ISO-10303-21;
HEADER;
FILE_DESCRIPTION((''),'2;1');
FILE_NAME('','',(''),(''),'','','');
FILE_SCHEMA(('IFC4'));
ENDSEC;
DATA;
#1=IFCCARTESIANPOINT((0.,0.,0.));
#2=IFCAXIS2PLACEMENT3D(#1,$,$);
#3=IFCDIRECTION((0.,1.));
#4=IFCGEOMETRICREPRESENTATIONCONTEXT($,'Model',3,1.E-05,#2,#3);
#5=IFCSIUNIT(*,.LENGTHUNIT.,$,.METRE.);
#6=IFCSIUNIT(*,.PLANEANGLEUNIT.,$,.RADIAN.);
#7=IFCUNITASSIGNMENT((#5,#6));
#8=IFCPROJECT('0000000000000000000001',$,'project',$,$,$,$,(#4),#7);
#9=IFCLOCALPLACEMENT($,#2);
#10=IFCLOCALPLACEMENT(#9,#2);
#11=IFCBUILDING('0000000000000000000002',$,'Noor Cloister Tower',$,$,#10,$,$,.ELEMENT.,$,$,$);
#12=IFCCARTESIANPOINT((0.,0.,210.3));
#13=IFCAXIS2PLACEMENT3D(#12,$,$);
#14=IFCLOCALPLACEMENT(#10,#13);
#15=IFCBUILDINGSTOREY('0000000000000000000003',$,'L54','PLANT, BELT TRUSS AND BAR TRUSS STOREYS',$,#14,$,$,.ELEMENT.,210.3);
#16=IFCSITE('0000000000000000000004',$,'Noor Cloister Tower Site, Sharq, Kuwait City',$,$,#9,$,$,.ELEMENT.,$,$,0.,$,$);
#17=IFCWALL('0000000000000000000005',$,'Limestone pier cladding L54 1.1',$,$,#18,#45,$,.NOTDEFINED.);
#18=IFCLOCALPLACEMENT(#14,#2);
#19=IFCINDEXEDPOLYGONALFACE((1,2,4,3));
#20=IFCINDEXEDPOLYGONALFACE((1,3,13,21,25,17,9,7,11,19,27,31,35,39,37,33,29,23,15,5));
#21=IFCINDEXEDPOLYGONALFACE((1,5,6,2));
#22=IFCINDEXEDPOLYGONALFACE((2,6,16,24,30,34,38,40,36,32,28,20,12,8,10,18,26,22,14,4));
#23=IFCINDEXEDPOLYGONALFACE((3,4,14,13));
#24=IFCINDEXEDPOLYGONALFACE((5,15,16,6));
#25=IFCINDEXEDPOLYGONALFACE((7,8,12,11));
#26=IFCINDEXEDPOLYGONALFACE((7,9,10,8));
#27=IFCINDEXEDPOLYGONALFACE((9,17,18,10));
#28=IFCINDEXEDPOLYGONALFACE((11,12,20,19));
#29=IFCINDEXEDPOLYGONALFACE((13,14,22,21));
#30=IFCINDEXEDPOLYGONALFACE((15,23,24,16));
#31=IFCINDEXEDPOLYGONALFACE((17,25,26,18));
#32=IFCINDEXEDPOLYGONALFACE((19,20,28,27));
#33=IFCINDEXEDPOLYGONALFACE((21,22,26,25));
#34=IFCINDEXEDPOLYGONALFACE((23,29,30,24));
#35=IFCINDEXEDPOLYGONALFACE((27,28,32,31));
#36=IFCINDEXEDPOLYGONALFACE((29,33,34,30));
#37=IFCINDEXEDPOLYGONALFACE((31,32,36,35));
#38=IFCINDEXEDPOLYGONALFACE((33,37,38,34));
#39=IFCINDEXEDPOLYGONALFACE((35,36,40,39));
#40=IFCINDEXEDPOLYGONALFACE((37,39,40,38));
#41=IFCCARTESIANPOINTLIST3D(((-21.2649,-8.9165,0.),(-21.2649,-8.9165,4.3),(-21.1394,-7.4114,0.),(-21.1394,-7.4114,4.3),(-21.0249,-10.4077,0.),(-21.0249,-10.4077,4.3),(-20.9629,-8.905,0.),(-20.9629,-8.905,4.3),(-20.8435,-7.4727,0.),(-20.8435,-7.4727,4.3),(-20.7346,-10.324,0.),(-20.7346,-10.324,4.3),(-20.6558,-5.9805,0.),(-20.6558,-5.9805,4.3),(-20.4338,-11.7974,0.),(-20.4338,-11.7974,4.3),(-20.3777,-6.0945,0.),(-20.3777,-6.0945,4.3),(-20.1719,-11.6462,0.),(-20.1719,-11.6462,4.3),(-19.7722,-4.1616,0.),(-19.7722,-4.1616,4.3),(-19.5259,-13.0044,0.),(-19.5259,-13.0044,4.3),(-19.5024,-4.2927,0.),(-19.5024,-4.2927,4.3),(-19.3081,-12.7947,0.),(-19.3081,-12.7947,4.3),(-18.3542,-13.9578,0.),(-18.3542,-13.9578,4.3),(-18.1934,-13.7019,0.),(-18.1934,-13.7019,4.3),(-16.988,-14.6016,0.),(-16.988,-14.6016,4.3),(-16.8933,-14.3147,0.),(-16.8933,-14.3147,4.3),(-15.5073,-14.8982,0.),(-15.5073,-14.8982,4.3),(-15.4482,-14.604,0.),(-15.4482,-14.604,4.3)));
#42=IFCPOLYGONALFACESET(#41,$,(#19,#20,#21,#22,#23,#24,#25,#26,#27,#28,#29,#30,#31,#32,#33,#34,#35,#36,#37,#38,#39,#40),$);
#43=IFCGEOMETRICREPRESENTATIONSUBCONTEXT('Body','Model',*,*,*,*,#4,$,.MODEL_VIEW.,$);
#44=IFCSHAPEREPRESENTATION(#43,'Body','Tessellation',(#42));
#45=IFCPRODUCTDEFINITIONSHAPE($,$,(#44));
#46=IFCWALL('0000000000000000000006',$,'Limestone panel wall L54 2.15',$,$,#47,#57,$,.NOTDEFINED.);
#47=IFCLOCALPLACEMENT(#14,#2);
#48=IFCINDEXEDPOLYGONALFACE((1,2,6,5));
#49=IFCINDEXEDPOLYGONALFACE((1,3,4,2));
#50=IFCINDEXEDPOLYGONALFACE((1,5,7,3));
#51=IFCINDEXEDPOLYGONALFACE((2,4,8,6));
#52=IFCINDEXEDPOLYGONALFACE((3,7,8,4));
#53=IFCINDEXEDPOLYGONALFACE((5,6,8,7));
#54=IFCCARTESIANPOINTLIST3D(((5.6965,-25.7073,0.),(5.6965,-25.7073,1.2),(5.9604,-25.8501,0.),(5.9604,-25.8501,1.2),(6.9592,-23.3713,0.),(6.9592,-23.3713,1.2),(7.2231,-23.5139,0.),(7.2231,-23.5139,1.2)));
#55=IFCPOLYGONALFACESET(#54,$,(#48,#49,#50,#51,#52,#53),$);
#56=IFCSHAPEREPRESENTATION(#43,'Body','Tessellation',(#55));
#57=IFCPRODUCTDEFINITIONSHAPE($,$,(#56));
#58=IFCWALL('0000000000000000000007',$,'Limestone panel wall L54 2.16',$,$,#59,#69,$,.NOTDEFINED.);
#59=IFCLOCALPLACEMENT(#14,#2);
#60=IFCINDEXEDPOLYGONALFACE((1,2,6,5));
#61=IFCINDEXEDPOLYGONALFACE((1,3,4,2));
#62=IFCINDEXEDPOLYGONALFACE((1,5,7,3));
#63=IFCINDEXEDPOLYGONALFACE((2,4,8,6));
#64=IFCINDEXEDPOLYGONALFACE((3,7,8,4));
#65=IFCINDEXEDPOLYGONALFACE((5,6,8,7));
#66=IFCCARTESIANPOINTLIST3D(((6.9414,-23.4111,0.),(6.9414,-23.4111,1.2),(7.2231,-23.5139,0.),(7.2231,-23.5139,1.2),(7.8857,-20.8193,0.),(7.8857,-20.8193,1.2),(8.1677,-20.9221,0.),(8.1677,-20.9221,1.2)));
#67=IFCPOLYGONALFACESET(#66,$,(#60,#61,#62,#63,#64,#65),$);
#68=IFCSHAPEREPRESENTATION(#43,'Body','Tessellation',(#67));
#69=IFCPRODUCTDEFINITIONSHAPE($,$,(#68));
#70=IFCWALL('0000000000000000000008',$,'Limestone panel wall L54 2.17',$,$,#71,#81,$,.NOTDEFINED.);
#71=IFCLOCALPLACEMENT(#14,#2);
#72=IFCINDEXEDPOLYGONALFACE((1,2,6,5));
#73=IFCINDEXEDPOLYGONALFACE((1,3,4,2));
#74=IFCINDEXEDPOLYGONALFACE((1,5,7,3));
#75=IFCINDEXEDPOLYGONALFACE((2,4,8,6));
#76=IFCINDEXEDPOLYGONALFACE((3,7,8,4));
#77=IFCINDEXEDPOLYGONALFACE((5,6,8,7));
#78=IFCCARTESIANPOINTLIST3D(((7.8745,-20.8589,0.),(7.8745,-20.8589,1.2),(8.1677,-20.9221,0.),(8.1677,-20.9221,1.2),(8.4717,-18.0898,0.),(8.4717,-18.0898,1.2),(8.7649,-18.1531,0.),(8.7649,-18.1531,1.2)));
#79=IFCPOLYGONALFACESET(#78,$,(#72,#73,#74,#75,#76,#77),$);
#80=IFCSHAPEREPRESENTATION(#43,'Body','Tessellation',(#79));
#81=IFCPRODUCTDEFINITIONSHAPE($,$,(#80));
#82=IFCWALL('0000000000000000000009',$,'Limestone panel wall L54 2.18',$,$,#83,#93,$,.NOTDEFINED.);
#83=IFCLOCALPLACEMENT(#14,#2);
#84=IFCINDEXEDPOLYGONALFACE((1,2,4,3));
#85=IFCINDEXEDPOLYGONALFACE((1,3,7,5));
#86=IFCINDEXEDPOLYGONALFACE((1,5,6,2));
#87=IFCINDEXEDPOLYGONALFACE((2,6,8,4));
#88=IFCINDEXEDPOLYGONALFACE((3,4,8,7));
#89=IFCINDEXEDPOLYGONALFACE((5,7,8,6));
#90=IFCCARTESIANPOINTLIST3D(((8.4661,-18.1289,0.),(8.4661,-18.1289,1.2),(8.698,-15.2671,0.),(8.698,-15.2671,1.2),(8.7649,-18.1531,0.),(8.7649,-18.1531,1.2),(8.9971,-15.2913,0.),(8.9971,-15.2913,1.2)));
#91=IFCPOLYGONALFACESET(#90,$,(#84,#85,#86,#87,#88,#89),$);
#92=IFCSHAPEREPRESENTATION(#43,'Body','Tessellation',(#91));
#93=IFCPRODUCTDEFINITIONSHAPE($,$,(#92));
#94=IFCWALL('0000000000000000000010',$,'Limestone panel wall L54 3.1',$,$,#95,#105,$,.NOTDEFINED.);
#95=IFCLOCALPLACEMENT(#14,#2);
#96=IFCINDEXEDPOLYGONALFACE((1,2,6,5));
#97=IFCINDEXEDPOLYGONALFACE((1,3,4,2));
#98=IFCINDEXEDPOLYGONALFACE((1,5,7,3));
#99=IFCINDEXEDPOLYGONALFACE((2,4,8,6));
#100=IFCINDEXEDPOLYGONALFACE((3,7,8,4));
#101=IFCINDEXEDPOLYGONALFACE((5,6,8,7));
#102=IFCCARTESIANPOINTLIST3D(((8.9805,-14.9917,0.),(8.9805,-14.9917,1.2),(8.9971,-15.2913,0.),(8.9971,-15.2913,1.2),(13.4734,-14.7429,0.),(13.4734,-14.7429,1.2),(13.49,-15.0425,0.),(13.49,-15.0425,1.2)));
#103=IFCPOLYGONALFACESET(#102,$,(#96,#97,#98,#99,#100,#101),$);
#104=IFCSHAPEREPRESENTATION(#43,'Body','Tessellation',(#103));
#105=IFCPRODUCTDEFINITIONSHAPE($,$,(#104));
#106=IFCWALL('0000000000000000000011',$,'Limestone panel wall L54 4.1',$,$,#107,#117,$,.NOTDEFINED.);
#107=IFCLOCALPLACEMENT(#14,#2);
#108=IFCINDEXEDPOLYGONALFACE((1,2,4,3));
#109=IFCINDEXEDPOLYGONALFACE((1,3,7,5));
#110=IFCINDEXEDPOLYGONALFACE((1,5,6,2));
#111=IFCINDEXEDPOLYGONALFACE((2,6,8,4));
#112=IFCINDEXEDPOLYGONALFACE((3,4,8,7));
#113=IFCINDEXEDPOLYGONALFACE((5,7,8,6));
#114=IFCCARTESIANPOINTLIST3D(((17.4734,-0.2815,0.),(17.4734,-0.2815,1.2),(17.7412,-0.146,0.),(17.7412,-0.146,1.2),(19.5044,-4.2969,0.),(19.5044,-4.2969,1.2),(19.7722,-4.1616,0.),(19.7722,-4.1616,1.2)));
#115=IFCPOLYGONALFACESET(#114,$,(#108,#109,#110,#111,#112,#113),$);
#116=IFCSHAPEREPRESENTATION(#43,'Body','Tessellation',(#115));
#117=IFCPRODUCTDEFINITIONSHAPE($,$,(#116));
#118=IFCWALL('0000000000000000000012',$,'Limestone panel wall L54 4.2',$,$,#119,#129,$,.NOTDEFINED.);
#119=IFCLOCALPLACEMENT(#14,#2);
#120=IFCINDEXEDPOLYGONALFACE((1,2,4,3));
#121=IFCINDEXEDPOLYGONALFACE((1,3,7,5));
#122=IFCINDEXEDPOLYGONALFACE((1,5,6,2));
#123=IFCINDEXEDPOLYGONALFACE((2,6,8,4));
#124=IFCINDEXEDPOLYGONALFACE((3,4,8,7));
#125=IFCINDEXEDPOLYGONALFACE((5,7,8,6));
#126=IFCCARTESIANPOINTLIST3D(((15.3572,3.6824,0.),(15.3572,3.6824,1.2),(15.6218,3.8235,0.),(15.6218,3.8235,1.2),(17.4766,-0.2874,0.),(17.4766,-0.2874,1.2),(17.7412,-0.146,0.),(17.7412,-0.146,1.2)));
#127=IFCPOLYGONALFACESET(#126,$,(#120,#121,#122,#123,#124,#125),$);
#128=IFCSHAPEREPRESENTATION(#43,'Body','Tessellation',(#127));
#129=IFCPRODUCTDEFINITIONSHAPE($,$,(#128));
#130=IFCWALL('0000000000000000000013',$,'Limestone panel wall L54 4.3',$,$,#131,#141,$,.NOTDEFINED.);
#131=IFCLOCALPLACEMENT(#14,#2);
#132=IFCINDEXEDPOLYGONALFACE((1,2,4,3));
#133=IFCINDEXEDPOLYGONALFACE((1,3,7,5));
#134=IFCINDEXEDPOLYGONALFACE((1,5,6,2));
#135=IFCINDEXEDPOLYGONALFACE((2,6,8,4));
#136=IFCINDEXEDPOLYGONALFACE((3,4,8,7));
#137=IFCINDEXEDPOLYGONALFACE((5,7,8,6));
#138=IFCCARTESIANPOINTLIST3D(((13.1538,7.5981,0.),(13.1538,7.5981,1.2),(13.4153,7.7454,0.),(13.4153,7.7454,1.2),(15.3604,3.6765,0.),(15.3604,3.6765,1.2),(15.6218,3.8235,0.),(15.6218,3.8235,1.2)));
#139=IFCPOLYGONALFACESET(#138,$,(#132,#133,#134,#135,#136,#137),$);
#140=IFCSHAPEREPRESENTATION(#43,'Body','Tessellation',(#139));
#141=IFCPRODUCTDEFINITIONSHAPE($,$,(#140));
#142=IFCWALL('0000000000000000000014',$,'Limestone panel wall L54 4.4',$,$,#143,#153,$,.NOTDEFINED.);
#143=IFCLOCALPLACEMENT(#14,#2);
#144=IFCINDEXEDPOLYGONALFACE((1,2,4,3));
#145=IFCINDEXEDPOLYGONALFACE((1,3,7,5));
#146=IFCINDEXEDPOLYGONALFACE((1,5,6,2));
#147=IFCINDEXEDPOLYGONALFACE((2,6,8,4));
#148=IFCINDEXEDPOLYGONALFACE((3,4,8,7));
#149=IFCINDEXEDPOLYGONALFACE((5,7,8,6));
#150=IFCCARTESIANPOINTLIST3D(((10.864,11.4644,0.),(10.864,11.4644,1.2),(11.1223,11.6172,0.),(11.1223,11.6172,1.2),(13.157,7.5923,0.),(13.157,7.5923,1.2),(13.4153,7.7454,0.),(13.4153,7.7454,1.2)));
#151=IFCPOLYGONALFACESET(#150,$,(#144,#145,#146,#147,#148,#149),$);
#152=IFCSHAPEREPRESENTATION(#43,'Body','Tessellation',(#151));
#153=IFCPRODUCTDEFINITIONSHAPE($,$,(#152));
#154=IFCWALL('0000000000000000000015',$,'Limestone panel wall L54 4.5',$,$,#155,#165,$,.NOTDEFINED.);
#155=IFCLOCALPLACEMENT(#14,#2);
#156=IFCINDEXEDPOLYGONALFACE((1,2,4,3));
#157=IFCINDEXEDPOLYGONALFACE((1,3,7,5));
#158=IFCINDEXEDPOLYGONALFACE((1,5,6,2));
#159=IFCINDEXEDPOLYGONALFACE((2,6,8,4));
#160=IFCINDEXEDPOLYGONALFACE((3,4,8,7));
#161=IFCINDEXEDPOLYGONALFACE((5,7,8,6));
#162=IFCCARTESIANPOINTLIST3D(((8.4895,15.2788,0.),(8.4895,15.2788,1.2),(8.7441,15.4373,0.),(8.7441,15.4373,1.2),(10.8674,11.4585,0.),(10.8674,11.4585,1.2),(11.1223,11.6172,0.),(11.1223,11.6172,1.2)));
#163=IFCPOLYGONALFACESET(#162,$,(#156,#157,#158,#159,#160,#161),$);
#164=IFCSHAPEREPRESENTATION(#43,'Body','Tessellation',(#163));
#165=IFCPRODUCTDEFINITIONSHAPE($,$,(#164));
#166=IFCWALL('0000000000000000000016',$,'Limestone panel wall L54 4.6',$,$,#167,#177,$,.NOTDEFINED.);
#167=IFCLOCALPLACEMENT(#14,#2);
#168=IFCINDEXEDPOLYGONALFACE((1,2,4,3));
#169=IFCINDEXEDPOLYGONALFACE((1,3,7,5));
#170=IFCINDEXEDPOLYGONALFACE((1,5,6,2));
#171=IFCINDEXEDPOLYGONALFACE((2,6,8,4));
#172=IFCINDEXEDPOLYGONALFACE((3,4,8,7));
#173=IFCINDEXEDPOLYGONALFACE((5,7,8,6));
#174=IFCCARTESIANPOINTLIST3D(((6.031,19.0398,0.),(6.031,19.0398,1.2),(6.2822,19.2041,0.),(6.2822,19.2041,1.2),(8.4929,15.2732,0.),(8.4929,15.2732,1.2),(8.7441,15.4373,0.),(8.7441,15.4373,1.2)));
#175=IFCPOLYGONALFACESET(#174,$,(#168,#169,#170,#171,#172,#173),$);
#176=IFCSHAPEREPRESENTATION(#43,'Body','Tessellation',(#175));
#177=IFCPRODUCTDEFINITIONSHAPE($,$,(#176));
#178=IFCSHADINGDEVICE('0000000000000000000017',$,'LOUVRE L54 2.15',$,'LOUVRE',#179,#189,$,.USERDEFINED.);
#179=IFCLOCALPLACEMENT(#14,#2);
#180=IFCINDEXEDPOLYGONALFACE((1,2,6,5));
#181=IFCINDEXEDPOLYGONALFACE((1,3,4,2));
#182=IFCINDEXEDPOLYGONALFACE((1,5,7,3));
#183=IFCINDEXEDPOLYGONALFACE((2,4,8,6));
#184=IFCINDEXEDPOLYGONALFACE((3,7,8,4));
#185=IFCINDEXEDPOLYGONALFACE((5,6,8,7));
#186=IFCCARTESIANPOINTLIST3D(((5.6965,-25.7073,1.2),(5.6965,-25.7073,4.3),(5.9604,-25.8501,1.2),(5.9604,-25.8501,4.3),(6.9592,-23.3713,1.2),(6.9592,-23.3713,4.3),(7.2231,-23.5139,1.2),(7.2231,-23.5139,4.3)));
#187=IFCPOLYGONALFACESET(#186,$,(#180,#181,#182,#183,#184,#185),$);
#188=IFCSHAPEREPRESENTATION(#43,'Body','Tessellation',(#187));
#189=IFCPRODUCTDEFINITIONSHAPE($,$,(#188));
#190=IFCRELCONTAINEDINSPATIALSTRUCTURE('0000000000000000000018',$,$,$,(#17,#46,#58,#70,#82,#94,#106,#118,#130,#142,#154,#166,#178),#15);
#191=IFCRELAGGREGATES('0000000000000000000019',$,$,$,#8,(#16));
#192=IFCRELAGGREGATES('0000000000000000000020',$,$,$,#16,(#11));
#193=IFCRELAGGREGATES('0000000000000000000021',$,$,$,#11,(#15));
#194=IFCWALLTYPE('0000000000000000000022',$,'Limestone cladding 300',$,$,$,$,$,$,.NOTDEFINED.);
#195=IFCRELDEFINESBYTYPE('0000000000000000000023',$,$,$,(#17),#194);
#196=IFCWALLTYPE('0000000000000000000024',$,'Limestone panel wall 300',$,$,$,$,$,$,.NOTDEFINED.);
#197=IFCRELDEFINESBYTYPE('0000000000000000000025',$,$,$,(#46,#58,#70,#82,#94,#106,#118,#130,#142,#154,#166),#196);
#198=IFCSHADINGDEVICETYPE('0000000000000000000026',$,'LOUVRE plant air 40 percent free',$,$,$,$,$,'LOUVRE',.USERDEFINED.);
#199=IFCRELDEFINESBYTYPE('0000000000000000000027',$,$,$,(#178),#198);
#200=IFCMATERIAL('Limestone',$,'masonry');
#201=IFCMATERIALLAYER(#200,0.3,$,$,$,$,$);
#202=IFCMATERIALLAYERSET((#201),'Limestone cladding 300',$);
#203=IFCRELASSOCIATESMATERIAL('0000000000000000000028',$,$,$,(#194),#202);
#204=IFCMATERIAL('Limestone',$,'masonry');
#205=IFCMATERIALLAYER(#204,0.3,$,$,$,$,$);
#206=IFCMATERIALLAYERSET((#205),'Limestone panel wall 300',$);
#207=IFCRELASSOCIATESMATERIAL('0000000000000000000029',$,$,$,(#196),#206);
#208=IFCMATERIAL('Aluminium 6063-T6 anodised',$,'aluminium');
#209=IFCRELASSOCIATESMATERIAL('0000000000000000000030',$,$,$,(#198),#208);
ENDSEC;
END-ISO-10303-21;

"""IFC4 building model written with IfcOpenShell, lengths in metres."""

from ifc_helpers import new_model, si_unit, direction, frame, origin, place, context, subcontext, project, spatial, polyline, outline, extrude, material, layer, layer_set, type_object, element, save


model = new_model("IFC4")

# Units and contexts
model_context = context("Model", 3, precision=1e-05, world=origin(), true_north=direction((0.0, 1.0)))
body_context = subcontext(model_context, "Body", "Model", "MODEL_VIEW")
ifc_project = project(units=[si_unit("LENGTHUNIT", "METRE"), si_unit("PLANEANGLEUNIT", "RADIAN")], contexts=[model_context])

# Site, building, storey
site_placement = place(None, origin())
site = spatial("IfcSite", under=ifc_project, at=site_placement, Name="Noor Cloister Tower Site, Sharq, Kuwait City", CompositionType="ELEMENT", RefElevation=0.0)
building_placement = place(site_placement, origin())
building = spatial("IfcBuilding", under=site, at=building_placement, Name="Noor Cloister Tower", CompositionType="ELEMENT")
storey_placement = place(building_placement, frame((0.0, 0.0, 210.3)))
storey = spatial("IfcBuildingStorey", under=building, at=storey_placement, Name="L54", Description="PLANT, BELT TRUSS AND BAR TRUSS STOREYS", CompositionType="ELEMENT", Elevation=210.3)

# Walls
ifc_material_1 = material(Name="Limestone", Category="masonry")
ifc_layer_1 = layer(ifc_material_1, 0.3)
ifc_layer_set_1 = layer_set([ifc_layer_1], Name="Limestone cladding 300")
wall_type_1 = type_object("IfcWallType", Name="Limestone cladding 300", PredefinedType="NOTDEFINED", material=ifc_layer_set_1)
wall_1_placement = place(storey_placement, origin())
element("IfcWall", 1, at=wall_1_placement, inside=storey, type_object=wall_type_1, Name="Limestone pier cladding L54 1.1", PredefinedType="NOTDEFINED", context=body_context, shape_type="SweptSolid", body=[
    extrude(outline(polyline([(-19.7722, -4.1616), (-20.6558, -5.9805), (-21.1394, -7.4114), (-21.2649, -8.9165), (-21.0249, -10.4077), (-20.4338, -11.7974), (-19.5259, -13.0044), (-18.3542, -13.9578), (-16.988, -14.6016), (-15.5073, -14.8982), (-15.4482, -14.604), (-16.8933, -14.3147), (-18.1934, -13.7019), (-19.3081, -12.7947), (-20.1719, -11.6462), (-20.7346, -10.324), (-20.9629, -8.905), (-20.8435, -7.4727), (-20.3777, -6.0945), (-19.5024, -4.2927), (-19.7722, -4.1616)])), origin(), (0.0, 0.0, 1.0), 4.3),
])
ifc_material_2 = material(Name="Limestone", Category="masonry")
ifc_layer_2 = layer(ifc_material_2, 0.3)
ifc_layer_set_2 = layer_set([ifc_layer_2], Name="Limestone panel wall 300")
wall_type_2 = type_object("IfcWallType", Name="Limestone panel wall 300", PredefinedType="NOTDEFINED", material=ifc_layer_set_2)
wall_2_placement = place(storey_placement, origin())
element("IfcWall", 2, at=wall_2_placement, inside=storey, type_object=wall_type_2, Name="Limestone panel wall L54 2.15", PredefinedType="NOTDEFINED", context=body_context, shape_type="SweptSolid", body=[
    extrude(outline(polyline([(5.9604, -25.8501), (7.2231, -23.5139), (6.9592, -23.3713), (5.6965, -25.7073), (5.9604, -25.8501)])), origin(), (0.0, 0.0, 1.0), 1.2),
])
wall_3_placement = place(storey_placement, origin())
element("IfcWall", 3, at=wall_3_placement, inside=storey, type_object=wall_type_2, Name="Limestone panel wall L54 2.16", PredefinedType="NOTDEFINED", context=body_context, shape_type="SweptSolid", body=[
    extrude(outline(polyline([(7.2231, -23.5139), (8.1677, -20.9221), (7.8857, -20.8193), (6.9414, -23.4111), (7.2231, -23.5139)])), origin(), (0.0, 0.0, 1.0), 1.2),
])
wall_4_placement = place(storey_placement, origin())
element("IfcWall", 4, at=wall_4_placement, inside=storey, type_object=wall_type_2, Name="Limestone panel wall L54 2.17", PredefinedType="NOTDEFINED", context=body_context, shape_type="SweptSolid", body=[
    extrude(outline(polyline([(8.1677, -20.9221), (8.7649, -18.1531), (8.4717, -18.0898), (7.8745, -20.8589), (8.1677, -20.9221)])), origin(), (0.0, 0.0, 1.0), 1.2),
])
wall_5_placement = place(storey_placement, origin())
element("IfcWall", 5, at=wall_5_placement, inside=storey, type_object=wall_type_2, Name="Limestone panel wall L54 2.18", PredefinedType="NOTDEFINED", context=body_context, shape_type="SweptSolid", body=[
    extrude(outline(polyline([(8.7649, -18.1531), (8.9971, -15.2913), (8.698, -15.2671), (8.4661, -18.1289), (8.7649, -18.1531)])), origin(), (0.0, 0.0, 1.0), 1.2),
])
wall_6_placement = place(storey_placement, origin())
element("IfcWall", 6, at=wall_6_placement, inside=storey, type_object=wall_type_2, Name="Limestone panel wall L54 3.1", PredefinedType="NOTDEFINED", context=body_context, shape_type="SweptSolid", body=[
    extrude(outline(polyline([(8.9971, -15.2913), (13.49, -15.0425), (13.4734, -14.7429), (8.9805, -14.9917), (8.9971, -15.2913)])), origin(), (0.0, 0.0, 1.0), 1.2),
])
wall_7_placement = place(storey_placement, origin())
element("IfcWall", 7, at=wall_7_placement, inside=storey, type_object=wall_type_2, Name="Limestone panel wall L54 4.1", PredefinedType="NOTDEFINED", context=body_context, shape_type="SweptSolid", body=[
    extrude(outline(polyline([(19.7722, -4.1616), (17.7412, -0.146), (17.4734, -0.2815), (19.5044, -4.2969), (19.7722, -4.1616)])), origin(), (0.0, 0.0, 1.0), 1.2),
])
wall_8_placement = place(storey_placement, origin())
element("IfcWall", 8, at=wall_8_placement, inside=storey, type_object=wall_type_2, Name="Limestone panel wall L54 4.2", PredefinedType="NOTDEFINED", context=body_context, shape_type="SweptSolid", body=[
    extrude(outline(polyline([(17.7412, -0.146), (15.6218, 3.8235), (15.3572, 3.6824), (17.4766, -0.2874), (17.7412, -0.146)])), origin(), (0.0, 0.0, 1.0), 1.2),
])
wall_9_placement = place(storey_placement, origin())
element("IfcWall", 9, at=wall_9_placement, inside=storey, type_object=wall_type_2, Name="Limestone panel wall L54 4.3", PredefinedType="NOTDEFINED", context=body_context, shape_type="SweptSolid", body=[
    extrude(outline(polyline([(15.6218, 3.8235), (13.4153, 7.7454), (13.1538, 7.5981), (15.3604, 3.6765), (15.6218, 3.8235)])), origin(), (0.0, 0.0, 1.0), 1.2),
])
wall_10_placement = place(storey_placement, origin())
element("IfcWall", 10, at=wall_10_placement, inside=storey, type_object=wall_type_2, Name="Limestone panel wall L54 4.4", PredefinedType="NOTDEFINED", context=body_context, shape_type="SweptSolid", body=[
    extrude(outline(polyline([(13.4153, 7.7454), (11.1223, 11.6172), (10.864, 11.4644), (13.157, 7.5923), (13.4153, 7.7454)])), origin(), (0.0, 0.0, 1.0), 1.2),
])
wall_11_placement = place(storey_placement, origin())
element("IfcWall", 11, at=wall_11_placement, inside=storey, type_object=wall_type_2, Name="Limestone panel wall L54 4.5", PredefinedType="NOTDEFINED", context=body_context, shape_type="SweptSolid", body=[
    extrude(outline(polyline([(11.1223, 11.6172), (8.7441, 15.4373), (8.4895, 15.2788), (10.8674, 11.4585), (11.1223, 11.6172)])), origin(), (0.0, 0.0, 1.0), 1.2),
])
wall_12_placement = place(storey_placement, origin())
element("IfcWall", 12, at=wall_12_placement, inside=storey, type_object=wall_type_2, Name="Limestone panel wall L54 4.6", PredefinedType="NOTDEFINED", context=body_context, shape_type="SweptSolid", body=[
    extrude(outline(polyline([(8.7441, 15.4373), (6.2822, 19.2041), (6.031, 19.0398), (8.4929, 15.2732), (8.7441, 15.4373)])), origin(), (0.0, 0.0, 1.0), 1.2),
])

# Shading device
ifc_material_3 = material(Name="Aluminium 6063-T6 anodised", Category="aluminium")
shading_device_type = type_object("IfcShadingDeviceType", Name="LOUVRE plant air 40 percent free", ElementType="LOUVRE", PredefinedType="USERDEFINED", material=ifc_material_3)
shading_device_1_placement = place(storey_placement, frame((0.0, 0.0, 1.2)))
element("IfcShadingDevice", 13, at=shading_device_1_placement, inside=storey, type_object=shading_device_type, Name="LOUVRE L54 2.15", ObjectType="LOUVRE", PredefinedType="USERDEFINED", context=body_context, shape_type="SweptSolid", body=[
    extrude(outline(polyline([(5.9604, -25.8501), (7.2231, -23.5139), (6.9592, -23.3713), (5.6965, -25.7073), (5.9604, -25.8501)])), origin(), (0.0, 0.0, 1.0), 3.1001),
])

save(model, "model.ifc")
